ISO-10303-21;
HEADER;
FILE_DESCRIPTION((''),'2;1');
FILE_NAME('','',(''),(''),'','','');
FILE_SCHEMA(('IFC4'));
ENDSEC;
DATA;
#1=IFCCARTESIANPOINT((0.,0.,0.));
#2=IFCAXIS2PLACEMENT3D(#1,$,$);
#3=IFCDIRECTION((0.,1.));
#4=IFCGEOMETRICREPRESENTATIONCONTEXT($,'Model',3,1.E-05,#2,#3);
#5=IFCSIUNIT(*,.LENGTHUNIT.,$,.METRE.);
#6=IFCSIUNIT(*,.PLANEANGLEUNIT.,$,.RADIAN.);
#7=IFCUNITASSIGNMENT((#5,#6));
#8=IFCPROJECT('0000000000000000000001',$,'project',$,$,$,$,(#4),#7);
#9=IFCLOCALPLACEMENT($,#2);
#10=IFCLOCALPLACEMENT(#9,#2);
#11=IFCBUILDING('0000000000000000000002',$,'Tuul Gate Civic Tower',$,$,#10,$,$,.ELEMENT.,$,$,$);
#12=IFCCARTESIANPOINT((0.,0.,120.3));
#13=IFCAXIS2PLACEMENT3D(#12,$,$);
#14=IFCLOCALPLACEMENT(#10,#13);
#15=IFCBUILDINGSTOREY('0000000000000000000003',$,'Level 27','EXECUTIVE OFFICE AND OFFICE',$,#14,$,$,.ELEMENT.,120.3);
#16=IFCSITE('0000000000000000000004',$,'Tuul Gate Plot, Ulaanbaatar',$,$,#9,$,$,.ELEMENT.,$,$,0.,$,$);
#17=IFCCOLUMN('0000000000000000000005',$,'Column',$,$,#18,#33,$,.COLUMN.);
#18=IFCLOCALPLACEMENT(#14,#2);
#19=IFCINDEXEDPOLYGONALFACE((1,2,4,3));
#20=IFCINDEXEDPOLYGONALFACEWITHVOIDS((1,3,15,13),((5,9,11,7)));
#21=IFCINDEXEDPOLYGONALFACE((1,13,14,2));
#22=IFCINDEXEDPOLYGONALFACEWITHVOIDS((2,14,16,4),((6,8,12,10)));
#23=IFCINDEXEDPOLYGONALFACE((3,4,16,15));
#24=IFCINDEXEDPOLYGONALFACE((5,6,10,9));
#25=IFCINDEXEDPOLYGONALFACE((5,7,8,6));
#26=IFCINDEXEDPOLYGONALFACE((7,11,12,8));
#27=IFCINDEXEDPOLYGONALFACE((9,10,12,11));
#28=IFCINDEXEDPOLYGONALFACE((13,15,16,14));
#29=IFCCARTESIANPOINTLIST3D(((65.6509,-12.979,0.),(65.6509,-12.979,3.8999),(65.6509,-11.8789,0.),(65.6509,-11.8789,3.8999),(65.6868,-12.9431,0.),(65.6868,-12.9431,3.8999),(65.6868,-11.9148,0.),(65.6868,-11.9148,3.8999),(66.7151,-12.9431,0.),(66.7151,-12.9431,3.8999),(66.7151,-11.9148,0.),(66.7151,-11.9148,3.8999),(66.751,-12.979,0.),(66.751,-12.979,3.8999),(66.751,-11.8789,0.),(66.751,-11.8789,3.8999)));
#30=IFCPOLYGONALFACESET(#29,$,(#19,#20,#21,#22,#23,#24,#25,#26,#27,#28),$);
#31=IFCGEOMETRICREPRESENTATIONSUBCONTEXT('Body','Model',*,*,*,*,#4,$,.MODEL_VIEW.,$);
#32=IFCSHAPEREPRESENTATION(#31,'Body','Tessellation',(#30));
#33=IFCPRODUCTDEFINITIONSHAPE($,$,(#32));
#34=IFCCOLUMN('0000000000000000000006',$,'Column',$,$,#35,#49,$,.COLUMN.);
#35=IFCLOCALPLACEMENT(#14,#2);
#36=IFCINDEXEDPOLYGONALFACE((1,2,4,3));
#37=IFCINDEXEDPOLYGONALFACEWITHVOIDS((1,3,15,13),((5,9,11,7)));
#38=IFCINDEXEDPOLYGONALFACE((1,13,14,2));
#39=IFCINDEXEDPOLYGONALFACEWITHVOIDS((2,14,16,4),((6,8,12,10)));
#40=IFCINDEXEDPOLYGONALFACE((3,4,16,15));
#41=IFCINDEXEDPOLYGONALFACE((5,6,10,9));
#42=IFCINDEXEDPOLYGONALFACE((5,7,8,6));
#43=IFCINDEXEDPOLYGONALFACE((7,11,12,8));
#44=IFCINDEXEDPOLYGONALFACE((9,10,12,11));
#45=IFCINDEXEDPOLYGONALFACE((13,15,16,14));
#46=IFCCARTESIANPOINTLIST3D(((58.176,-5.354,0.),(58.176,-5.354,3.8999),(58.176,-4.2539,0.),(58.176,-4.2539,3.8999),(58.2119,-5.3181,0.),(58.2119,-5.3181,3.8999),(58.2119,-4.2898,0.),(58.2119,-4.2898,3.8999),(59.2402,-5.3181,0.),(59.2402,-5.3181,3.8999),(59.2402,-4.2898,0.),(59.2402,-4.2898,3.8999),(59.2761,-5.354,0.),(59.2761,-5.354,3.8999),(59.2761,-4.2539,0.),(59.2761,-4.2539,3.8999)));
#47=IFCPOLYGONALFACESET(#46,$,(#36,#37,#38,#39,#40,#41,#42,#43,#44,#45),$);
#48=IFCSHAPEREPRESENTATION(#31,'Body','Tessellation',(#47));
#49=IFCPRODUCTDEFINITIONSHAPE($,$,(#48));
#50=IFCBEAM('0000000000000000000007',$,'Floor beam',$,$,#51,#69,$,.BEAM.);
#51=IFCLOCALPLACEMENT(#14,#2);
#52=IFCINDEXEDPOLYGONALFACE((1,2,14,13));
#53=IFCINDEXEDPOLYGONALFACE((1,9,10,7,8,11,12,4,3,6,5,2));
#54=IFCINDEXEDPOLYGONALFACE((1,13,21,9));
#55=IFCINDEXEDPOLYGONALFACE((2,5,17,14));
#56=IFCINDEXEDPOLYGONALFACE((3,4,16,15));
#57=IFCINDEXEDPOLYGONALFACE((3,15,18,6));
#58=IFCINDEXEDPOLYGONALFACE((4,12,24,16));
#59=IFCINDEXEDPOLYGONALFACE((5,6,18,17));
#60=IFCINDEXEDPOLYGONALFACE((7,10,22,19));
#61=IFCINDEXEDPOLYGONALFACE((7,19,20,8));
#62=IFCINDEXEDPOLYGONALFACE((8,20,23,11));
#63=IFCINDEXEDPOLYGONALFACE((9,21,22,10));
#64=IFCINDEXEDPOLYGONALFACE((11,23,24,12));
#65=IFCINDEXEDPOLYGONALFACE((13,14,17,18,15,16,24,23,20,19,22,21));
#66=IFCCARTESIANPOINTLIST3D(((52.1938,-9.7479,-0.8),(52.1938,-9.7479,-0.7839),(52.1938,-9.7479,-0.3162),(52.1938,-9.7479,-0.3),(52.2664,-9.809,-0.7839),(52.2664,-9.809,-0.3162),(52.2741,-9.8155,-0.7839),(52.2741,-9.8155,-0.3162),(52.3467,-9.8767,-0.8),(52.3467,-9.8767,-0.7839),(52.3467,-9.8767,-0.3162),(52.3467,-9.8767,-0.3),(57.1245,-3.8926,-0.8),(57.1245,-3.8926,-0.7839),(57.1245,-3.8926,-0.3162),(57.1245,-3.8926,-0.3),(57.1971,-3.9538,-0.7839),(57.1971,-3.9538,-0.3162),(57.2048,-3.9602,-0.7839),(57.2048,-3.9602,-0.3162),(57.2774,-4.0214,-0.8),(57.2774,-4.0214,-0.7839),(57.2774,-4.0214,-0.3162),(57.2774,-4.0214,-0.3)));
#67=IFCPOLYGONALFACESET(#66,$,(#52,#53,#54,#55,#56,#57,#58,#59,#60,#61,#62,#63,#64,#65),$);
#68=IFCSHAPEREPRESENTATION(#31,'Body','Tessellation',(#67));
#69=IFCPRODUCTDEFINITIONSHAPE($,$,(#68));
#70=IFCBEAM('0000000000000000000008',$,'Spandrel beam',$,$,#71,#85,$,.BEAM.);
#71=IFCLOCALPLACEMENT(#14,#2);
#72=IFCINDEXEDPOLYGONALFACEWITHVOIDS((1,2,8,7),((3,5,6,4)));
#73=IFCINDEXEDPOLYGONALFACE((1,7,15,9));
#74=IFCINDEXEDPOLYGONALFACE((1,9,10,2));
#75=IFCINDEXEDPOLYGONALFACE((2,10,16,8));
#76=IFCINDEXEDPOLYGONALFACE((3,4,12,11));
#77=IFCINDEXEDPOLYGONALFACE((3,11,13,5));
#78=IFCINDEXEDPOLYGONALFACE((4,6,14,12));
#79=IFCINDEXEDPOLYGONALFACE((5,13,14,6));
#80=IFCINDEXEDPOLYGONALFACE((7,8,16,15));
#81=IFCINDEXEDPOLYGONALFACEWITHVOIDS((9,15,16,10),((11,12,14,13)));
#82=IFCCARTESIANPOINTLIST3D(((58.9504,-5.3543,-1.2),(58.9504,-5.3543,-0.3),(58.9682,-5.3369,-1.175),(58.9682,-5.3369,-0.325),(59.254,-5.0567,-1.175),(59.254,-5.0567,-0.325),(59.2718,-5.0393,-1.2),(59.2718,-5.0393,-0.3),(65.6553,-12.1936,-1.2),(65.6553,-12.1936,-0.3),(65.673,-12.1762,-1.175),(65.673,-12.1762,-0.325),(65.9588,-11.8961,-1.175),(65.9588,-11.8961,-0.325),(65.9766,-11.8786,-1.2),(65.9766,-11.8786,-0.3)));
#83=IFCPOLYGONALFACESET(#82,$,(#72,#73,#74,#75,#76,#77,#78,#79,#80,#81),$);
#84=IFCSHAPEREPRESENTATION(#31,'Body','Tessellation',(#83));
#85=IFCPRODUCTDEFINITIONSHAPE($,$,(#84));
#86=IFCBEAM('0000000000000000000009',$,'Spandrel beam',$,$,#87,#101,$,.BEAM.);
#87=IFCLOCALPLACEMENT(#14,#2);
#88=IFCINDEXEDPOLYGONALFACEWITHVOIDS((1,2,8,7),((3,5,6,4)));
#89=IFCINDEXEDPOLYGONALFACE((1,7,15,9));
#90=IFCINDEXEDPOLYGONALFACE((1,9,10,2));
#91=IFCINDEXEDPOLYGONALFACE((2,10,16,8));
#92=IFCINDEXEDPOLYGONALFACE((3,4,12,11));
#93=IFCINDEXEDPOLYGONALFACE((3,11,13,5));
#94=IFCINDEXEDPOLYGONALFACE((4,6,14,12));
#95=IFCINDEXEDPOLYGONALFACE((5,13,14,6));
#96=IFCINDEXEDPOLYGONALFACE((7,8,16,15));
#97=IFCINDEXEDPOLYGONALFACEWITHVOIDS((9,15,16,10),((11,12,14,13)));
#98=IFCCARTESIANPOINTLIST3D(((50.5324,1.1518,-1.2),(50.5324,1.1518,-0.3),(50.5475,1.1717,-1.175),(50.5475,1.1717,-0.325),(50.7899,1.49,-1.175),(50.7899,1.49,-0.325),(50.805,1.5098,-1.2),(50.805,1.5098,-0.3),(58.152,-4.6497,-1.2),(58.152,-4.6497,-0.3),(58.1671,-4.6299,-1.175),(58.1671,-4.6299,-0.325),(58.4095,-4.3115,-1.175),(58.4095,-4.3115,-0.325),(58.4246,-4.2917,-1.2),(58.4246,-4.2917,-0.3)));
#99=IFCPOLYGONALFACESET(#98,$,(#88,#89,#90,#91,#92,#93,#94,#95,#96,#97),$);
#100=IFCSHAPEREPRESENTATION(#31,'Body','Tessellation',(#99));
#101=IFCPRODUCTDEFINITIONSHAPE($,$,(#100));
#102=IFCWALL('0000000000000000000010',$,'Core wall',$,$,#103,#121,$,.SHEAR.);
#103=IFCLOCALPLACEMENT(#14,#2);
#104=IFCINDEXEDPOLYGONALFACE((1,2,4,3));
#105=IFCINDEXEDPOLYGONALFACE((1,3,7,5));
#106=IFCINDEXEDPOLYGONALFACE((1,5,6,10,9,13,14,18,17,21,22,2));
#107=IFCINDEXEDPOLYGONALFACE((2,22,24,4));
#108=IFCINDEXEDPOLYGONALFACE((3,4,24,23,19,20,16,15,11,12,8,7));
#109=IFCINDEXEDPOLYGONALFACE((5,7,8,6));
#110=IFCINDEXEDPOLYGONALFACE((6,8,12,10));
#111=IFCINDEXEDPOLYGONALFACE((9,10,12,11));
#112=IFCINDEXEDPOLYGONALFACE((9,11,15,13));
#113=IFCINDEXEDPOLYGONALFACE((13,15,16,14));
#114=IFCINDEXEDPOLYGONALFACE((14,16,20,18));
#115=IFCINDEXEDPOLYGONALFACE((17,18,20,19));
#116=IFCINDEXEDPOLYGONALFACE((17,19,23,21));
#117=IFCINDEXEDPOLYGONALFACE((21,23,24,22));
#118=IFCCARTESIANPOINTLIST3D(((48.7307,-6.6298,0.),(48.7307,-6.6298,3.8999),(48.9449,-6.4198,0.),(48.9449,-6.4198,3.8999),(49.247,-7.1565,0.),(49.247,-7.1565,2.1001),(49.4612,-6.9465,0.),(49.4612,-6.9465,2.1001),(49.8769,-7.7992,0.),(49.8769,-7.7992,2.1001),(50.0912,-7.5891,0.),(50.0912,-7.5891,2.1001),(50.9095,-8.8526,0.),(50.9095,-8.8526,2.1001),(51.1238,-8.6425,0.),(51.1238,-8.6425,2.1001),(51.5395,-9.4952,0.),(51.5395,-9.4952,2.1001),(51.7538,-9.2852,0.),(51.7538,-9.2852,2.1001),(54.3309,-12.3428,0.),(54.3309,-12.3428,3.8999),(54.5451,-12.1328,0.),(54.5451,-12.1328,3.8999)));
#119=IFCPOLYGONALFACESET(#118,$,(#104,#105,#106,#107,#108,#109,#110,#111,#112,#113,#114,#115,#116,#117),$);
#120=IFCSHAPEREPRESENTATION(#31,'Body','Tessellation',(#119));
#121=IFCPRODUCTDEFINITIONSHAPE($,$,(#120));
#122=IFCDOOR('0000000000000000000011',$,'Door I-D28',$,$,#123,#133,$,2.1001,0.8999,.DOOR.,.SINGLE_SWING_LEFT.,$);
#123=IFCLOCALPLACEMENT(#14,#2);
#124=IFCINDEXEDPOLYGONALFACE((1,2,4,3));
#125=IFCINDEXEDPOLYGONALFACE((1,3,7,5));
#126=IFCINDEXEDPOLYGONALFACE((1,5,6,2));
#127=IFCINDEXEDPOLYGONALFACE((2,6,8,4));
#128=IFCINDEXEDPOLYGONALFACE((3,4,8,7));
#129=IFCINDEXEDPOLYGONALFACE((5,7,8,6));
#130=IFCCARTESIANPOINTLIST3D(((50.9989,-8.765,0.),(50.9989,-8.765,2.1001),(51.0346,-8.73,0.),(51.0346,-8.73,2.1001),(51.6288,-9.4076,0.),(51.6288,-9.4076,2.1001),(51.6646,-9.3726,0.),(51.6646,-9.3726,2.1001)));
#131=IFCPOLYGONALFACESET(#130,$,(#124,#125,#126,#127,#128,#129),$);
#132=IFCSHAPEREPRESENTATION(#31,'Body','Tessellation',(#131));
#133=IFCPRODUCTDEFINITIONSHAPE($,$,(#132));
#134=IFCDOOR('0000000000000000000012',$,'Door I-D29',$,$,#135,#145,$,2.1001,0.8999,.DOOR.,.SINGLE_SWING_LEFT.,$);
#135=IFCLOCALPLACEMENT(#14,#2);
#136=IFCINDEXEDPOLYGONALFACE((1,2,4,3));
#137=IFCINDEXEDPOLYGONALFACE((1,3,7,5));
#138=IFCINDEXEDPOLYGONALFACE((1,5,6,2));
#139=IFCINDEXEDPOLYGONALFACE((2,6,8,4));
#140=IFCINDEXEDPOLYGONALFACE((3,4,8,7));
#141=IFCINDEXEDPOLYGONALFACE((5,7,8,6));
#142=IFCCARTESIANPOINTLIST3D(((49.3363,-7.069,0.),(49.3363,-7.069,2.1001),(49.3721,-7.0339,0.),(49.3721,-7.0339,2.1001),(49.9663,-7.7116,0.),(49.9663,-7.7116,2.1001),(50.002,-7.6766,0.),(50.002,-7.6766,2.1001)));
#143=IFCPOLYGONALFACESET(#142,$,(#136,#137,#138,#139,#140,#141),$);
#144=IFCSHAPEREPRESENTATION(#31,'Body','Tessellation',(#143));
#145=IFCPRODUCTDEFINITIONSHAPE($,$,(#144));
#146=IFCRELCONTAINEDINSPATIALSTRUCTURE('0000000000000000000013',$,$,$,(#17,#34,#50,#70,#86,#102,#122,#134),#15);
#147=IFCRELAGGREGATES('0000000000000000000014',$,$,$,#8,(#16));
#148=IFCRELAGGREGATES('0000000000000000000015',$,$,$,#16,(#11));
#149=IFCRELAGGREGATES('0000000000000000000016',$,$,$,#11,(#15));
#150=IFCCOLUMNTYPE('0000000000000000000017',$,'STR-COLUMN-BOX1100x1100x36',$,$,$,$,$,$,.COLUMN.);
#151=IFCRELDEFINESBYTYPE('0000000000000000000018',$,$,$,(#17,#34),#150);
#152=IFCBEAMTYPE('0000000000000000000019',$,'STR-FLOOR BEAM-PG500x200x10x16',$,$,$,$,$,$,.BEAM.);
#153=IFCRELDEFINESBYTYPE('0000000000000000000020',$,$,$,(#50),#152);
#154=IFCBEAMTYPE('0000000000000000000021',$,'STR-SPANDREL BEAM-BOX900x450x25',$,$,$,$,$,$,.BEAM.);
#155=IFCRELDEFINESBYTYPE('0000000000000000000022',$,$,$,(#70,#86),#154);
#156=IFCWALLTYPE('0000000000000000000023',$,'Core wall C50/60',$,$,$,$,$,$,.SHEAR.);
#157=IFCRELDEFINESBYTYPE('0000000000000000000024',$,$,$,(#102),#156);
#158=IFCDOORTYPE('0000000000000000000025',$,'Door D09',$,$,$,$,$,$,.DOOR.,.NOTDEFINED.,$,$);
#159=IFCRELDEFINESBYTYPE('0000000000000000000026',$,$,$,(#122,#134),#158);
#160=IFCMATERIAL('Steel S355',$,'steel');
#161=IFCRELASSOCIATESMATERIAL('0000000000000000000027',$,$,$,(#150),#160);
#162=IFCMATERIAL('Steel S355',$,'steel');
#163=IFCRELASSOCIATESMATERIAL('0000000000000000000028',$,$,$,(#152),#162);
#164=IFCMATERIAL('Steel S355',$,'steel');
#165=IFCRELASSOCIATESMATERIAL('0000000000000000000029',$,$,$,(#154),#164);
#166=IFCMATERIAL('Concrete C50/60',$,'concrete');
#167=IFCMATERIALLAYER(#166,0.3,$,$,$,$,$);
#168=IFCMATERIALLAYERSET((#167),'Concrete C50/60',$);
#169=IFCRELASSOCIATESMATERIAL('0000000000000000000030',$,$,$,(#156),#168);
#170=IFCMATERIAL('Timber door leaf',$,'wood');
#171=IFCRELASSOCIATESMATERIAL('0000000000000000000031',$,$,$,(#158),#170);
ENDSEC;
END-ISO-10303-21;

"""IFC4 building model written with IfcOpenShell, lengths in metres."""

from ifc_helpers import new_model, si_unit, direction, frame, frame_2d, origin, origin_2d, place, context, subcontext, project, spatial, rectangle, hollow_rectangle, i_section, extrude, material, layer, layer_set, material_profile, profile_set, type_object, element, fill, save


model = new_model("IFC4")

# Units and contexts
model_context = context("Model", 3, precision=1e-05, world=origin(), true_north=direction((0.0, 1.0)))
body_context = subcontext(model_context, "Body", "Model", "MODEL_VIEW")
ifc_project = project(units=[si_unit("LENGTHUNIT", "METRE"), si_unit("PLANEANGLEUNIT", "RADIAN")], contexts=[model_context])

# Site, building, storey
site_placement = place(None, origin())
site = spatial("IfcSite", under=ifc_project, at=site_placement, Name="Tuul Gate Plot, Ulaanbaatar", CompositionType="ELEMENT", RefElevation=0.0)
building_placement = place(site_placement, origin())
building = spatial("IfcBuilding", under=site, at=building_placement, Name="Tuul Gate Civic Tower", CompositionType="ELEMENT")
storey_placement = place(building_placement, frame((0.0, 0.0, 120.3)))
storey = spatial("IfcBuildingStorey", under=building, at=storey_placement, Name="Level 27", Description="EXECUTIVE OFFICE AND OFFICE", CompositionType="ELEMENT", Elevation=120.3)

# Columns
ifc_material_1 = material(Name="Steel S355", Category="steel")
ifc_material_profile_1 = material_profile(ifc_material_1, hollow_rectangle(XDim=1.1001, YDim=1.1001, WallThickness=0.0359, at=origin_2d()), Name="BOX1100x1100x36")
ifc_profile_set_1 = profile_set([ifc_material_profile_1], Name="Steel S355")
column_type = type_object("IfcColumnType", Name="STR-COLUMN-BOX1100x1100x36", PredefinedType="COLUMN", material=ifc_profile_set_1)
for number, where, z_axis, x_axis, name in (
    (1, (66.2009, -12.429, 0.0), (0.0, 0.0, 1.0), (1.0, 0.0, 0.0), "Column"),
    (2, (58.7261, -4.804, 0.0), (0.0, 0.0, 1.0), (1.0, 0.0, 0.0), "Column"),
):
    element("IfcColumn", number, at=place(storey_placement, frame(where, z_axis=z_axis, x_axis=x_axis)), inside=storey, type_object=column_type, Name=name, PredefinedType="COLUMN", context=body_context, shape_type="SweptSolid", body=[
        extrude(hollow_rectangle(XDim=1.1001, YDim=1.1001, WallThickness=0.0359, at=origin_2d()), origin(), (0.0, 0.0, 1.0), 3.8999),
    ])

# Beams
ifc_material_2 = material(Name="Steel S355", Category="steel")
ifc_material_profile_2 = material_profile(ifc_material_2, i_section(OverallWidth=0.2, OverallDepth=0.5, WebThickness=0.01, FlangeThickness=0.0161, at=origin_2d()), Name="PG500x200x10x16")
ifc_profile_set_2 = profile_set([ifc_material_profile_2], Name="Steel S355")
beam_type_1 = type_object("IfcBeamType", Name="STR-FLOOR BEAM-PG500x200x10x16", PredefinedType="BEAM", material=ifc_profile_set_2)
beam_1_placement = place(storey_placement, frame((52.2703, -9.8123, -0.55), z_axis=(0.644132, 0.764915, 0.0), x_axis=(-0.764915, 0.644132, 0.0)))
element("IfcBeam", 3, at=beam_1_placement, inside=storey, type_object=beam_type_1, Name="Floor beam", PredefinedType="BEAM", context=body_context, shape_type="SweptSolid", body=[
    extrude(i_section(OverallWidth=0.2, OverallDepth=0.5, WebThickness=0.01, FlangeThickness=0.0161, at=origin_2d()), origin(), (0.0, 0.0, 1.0), 7.6548),
])
ifc_material_3 = material(Name="Steel S355", Category="steel")
ifc_material_profile_3 = material_profile(ifc_material_3, hollow_rectangle(XDim=0.45, YDim=0.8999, WallThickness=0.0249, at=origin_2d()), Name="BOX900x450x25")
ifc_profile_set_3 = profile_set([ifc_material_profile_3], Name="Steel S355")
beam_type_2 = type_object("IfcBeamType", Name="STR-SPANDREL BEAM-BOX900x450x25", PredefinedType="BEAM", material=ifc_profile_set_3)
beam_2_placement = place(storey_placement, frame((65.8159, -12.0361, -0.75), z_axis=(-0.700049, 0.714095, 0.0), x_axis=(-0.714095, -0.700049, 0.0)))
element("IfcBeam", 4, at=beam_2_placement, inside=storey, type_object=beam_type_2, Name="Spandrel beam", PredefinedType="BEAM", context=body_context, shape_type="SweptSolid", body=[
    extrude(hollow_rectangle(XDim=0.45, YDim=0.8999, WallThickness=0.0249, at=origin_2d()), origin(), (0.0, 0.0, 1.0), 9.5776),
])
beam_3_placement = place(storey_placement, frame((58.2883, -4.4707, -0.75), z_axis=(-0.795629, 0.605784, 0.0), x_axis=(-0.605784, -0.795629, 0.0)))
element("IfcBeam", 5, at=beam_3_placement, inside=storey, type_object=beam_type_2, Name="Spandrel beam", PredefinedType="BEAM", context=body_context, shape_type="SweptSolid", body=[
    extrude(hollow_rectangle(XDim=0.45, YDim=0.8999, WallThickness=0.0249, at=origin_2d()), origin(), (0.0, 0.0, 1.0), 9.5769),
])

# Wall, openings, doors
ifc_material_4 = material(Name="Concrete C50/60", Category="concrete")
ifc_layer_1 = layer(ifc_material_4, 0.3)
ifc_layer_set_1 = layer_set([ifc_layer_1], Name="Concrete C50/60")
wall_type_1 = type_object("IfcWallType", Name="Core wall C50/60", PredefinedType="SHEAR", material=ifc_layer_set_1)
wall_1_placement = place(storey_placement, frame((54.438, -12.2378, 0.0), z_axis=(0.0, 0.0, 1.0), x_axis=(-0.700022, 0.714121, 0.0)))
wall_1 = element("IfcWall", 6, at=wall_1_placement, inside=storey, type_object=wall_type_1, Name="Core wall", PredefinedType="SHEAR", context=body_context, shape_type="SweptSolid", body=[
    extrude(rectangle(XDim=8.0, YDim=0.3, at=frame_2d((4.0, 0.0))), origin(), (0.0, 0.0, 1.0), 3.8999),
])
opening_1_placement = place(wall_1_placement, frame((3.9875, 0.0, 0.0)))
opening_1 = element("IfcOpeningElement", 7, at=opening_1_placement, cuts=wall_1, PredefinedType="OPENING", context=body_context, shape_type="SweptSolid", body=[
    extrude(rectangle(XDim=0.8999, YDim=2.1001, at=frame_2d((0.45, 1.05))), frame((0.0, 0.1602, 0.0), z_axis=(0.0, -1.0, 0.0), x_axis=(1.0, 0.0, 0.0)), (0.0, 0.0, 1.0), 0.3201),
])
opening_2_placement = place(wall_1_placement, frame((6.3625, 0.0, 0.0)))
opening_2 = element("IfcOpeningElement", 8, at=opening_2_placement, cuts=wall_1, PredefinedType="OPENING", context=body_context, shape_type="SweptSolid", body=[
    extrude(rectangle(XDim=0.8999, YDim=2.1001, at=frame_2d((0.45, 1.05))), frame((0.0, 0.1602, 0.0), z_axis=(0.0, -1.0, 0.0), x_axis=(1.0, 0.0, 0.0)), (0.0, 0.0, 1.0), 0.3201),
])
ifc_material_5 = material(Name="Timber door leaf", Category="wood")
door_type_1 = type_object("IfcDoorType", Name="Door D09", OperationType="NOTDEFINED", PredefinedType="DOOR", material=ifc_material_5)
door_1_placement = place(opening_1_placement, origin())
door_1 = element("IfcDoor", 9, at=door_1_placement, inside=storey, type_object=door_type_1, Name="Door I-D28", OperationType="SINGLE_SWING_LEFT", OverallHeight=2.1001, OverallWidth=0.8999, PredefinedType="DOOR", context=body_context, shape_type="SweptSolid", body=[
    extrude(rectangle(XDim=0.8999, YDim=2.1001, at=frame_2d((0.45, 1.05))), frame((0.0, 0.0249, 0.0), z_axis=(0.0, -1.0, 0.0), x_axis=(1.0, 0.0, 0.0)), (0.0, 0.0, 1.0), 0.05),
])
fill(opening_1, door_1)
door_2_placement = place(opening_2_placement, origin())
door_2 = element("IfcDoor", 10, at=door_2_placement, inside=storey, type_object=door_type_1, Name="Door I-D29", OperationType="SINGLE_SWING_LEFT", OverallHeight=2.1001, OverallWidth=0.8999, PredefinedType="DOOR", context=body_context, shape_type="SweptSolid", body=[
    extrude(rectangle(XDim=0.8999, YDim=2.1001, at=frame_2d((0.45, 1.05))), frame((0.0, 0.0249, 0.0), z_axis=(0.0, -1.0, 0.0), x_axis=(1.0, 0.0, 0.0)), (0.0, 0.0, 1.0), 0.05),
])
fill(opening_2, door_2)

save(model, "model.ifc")
